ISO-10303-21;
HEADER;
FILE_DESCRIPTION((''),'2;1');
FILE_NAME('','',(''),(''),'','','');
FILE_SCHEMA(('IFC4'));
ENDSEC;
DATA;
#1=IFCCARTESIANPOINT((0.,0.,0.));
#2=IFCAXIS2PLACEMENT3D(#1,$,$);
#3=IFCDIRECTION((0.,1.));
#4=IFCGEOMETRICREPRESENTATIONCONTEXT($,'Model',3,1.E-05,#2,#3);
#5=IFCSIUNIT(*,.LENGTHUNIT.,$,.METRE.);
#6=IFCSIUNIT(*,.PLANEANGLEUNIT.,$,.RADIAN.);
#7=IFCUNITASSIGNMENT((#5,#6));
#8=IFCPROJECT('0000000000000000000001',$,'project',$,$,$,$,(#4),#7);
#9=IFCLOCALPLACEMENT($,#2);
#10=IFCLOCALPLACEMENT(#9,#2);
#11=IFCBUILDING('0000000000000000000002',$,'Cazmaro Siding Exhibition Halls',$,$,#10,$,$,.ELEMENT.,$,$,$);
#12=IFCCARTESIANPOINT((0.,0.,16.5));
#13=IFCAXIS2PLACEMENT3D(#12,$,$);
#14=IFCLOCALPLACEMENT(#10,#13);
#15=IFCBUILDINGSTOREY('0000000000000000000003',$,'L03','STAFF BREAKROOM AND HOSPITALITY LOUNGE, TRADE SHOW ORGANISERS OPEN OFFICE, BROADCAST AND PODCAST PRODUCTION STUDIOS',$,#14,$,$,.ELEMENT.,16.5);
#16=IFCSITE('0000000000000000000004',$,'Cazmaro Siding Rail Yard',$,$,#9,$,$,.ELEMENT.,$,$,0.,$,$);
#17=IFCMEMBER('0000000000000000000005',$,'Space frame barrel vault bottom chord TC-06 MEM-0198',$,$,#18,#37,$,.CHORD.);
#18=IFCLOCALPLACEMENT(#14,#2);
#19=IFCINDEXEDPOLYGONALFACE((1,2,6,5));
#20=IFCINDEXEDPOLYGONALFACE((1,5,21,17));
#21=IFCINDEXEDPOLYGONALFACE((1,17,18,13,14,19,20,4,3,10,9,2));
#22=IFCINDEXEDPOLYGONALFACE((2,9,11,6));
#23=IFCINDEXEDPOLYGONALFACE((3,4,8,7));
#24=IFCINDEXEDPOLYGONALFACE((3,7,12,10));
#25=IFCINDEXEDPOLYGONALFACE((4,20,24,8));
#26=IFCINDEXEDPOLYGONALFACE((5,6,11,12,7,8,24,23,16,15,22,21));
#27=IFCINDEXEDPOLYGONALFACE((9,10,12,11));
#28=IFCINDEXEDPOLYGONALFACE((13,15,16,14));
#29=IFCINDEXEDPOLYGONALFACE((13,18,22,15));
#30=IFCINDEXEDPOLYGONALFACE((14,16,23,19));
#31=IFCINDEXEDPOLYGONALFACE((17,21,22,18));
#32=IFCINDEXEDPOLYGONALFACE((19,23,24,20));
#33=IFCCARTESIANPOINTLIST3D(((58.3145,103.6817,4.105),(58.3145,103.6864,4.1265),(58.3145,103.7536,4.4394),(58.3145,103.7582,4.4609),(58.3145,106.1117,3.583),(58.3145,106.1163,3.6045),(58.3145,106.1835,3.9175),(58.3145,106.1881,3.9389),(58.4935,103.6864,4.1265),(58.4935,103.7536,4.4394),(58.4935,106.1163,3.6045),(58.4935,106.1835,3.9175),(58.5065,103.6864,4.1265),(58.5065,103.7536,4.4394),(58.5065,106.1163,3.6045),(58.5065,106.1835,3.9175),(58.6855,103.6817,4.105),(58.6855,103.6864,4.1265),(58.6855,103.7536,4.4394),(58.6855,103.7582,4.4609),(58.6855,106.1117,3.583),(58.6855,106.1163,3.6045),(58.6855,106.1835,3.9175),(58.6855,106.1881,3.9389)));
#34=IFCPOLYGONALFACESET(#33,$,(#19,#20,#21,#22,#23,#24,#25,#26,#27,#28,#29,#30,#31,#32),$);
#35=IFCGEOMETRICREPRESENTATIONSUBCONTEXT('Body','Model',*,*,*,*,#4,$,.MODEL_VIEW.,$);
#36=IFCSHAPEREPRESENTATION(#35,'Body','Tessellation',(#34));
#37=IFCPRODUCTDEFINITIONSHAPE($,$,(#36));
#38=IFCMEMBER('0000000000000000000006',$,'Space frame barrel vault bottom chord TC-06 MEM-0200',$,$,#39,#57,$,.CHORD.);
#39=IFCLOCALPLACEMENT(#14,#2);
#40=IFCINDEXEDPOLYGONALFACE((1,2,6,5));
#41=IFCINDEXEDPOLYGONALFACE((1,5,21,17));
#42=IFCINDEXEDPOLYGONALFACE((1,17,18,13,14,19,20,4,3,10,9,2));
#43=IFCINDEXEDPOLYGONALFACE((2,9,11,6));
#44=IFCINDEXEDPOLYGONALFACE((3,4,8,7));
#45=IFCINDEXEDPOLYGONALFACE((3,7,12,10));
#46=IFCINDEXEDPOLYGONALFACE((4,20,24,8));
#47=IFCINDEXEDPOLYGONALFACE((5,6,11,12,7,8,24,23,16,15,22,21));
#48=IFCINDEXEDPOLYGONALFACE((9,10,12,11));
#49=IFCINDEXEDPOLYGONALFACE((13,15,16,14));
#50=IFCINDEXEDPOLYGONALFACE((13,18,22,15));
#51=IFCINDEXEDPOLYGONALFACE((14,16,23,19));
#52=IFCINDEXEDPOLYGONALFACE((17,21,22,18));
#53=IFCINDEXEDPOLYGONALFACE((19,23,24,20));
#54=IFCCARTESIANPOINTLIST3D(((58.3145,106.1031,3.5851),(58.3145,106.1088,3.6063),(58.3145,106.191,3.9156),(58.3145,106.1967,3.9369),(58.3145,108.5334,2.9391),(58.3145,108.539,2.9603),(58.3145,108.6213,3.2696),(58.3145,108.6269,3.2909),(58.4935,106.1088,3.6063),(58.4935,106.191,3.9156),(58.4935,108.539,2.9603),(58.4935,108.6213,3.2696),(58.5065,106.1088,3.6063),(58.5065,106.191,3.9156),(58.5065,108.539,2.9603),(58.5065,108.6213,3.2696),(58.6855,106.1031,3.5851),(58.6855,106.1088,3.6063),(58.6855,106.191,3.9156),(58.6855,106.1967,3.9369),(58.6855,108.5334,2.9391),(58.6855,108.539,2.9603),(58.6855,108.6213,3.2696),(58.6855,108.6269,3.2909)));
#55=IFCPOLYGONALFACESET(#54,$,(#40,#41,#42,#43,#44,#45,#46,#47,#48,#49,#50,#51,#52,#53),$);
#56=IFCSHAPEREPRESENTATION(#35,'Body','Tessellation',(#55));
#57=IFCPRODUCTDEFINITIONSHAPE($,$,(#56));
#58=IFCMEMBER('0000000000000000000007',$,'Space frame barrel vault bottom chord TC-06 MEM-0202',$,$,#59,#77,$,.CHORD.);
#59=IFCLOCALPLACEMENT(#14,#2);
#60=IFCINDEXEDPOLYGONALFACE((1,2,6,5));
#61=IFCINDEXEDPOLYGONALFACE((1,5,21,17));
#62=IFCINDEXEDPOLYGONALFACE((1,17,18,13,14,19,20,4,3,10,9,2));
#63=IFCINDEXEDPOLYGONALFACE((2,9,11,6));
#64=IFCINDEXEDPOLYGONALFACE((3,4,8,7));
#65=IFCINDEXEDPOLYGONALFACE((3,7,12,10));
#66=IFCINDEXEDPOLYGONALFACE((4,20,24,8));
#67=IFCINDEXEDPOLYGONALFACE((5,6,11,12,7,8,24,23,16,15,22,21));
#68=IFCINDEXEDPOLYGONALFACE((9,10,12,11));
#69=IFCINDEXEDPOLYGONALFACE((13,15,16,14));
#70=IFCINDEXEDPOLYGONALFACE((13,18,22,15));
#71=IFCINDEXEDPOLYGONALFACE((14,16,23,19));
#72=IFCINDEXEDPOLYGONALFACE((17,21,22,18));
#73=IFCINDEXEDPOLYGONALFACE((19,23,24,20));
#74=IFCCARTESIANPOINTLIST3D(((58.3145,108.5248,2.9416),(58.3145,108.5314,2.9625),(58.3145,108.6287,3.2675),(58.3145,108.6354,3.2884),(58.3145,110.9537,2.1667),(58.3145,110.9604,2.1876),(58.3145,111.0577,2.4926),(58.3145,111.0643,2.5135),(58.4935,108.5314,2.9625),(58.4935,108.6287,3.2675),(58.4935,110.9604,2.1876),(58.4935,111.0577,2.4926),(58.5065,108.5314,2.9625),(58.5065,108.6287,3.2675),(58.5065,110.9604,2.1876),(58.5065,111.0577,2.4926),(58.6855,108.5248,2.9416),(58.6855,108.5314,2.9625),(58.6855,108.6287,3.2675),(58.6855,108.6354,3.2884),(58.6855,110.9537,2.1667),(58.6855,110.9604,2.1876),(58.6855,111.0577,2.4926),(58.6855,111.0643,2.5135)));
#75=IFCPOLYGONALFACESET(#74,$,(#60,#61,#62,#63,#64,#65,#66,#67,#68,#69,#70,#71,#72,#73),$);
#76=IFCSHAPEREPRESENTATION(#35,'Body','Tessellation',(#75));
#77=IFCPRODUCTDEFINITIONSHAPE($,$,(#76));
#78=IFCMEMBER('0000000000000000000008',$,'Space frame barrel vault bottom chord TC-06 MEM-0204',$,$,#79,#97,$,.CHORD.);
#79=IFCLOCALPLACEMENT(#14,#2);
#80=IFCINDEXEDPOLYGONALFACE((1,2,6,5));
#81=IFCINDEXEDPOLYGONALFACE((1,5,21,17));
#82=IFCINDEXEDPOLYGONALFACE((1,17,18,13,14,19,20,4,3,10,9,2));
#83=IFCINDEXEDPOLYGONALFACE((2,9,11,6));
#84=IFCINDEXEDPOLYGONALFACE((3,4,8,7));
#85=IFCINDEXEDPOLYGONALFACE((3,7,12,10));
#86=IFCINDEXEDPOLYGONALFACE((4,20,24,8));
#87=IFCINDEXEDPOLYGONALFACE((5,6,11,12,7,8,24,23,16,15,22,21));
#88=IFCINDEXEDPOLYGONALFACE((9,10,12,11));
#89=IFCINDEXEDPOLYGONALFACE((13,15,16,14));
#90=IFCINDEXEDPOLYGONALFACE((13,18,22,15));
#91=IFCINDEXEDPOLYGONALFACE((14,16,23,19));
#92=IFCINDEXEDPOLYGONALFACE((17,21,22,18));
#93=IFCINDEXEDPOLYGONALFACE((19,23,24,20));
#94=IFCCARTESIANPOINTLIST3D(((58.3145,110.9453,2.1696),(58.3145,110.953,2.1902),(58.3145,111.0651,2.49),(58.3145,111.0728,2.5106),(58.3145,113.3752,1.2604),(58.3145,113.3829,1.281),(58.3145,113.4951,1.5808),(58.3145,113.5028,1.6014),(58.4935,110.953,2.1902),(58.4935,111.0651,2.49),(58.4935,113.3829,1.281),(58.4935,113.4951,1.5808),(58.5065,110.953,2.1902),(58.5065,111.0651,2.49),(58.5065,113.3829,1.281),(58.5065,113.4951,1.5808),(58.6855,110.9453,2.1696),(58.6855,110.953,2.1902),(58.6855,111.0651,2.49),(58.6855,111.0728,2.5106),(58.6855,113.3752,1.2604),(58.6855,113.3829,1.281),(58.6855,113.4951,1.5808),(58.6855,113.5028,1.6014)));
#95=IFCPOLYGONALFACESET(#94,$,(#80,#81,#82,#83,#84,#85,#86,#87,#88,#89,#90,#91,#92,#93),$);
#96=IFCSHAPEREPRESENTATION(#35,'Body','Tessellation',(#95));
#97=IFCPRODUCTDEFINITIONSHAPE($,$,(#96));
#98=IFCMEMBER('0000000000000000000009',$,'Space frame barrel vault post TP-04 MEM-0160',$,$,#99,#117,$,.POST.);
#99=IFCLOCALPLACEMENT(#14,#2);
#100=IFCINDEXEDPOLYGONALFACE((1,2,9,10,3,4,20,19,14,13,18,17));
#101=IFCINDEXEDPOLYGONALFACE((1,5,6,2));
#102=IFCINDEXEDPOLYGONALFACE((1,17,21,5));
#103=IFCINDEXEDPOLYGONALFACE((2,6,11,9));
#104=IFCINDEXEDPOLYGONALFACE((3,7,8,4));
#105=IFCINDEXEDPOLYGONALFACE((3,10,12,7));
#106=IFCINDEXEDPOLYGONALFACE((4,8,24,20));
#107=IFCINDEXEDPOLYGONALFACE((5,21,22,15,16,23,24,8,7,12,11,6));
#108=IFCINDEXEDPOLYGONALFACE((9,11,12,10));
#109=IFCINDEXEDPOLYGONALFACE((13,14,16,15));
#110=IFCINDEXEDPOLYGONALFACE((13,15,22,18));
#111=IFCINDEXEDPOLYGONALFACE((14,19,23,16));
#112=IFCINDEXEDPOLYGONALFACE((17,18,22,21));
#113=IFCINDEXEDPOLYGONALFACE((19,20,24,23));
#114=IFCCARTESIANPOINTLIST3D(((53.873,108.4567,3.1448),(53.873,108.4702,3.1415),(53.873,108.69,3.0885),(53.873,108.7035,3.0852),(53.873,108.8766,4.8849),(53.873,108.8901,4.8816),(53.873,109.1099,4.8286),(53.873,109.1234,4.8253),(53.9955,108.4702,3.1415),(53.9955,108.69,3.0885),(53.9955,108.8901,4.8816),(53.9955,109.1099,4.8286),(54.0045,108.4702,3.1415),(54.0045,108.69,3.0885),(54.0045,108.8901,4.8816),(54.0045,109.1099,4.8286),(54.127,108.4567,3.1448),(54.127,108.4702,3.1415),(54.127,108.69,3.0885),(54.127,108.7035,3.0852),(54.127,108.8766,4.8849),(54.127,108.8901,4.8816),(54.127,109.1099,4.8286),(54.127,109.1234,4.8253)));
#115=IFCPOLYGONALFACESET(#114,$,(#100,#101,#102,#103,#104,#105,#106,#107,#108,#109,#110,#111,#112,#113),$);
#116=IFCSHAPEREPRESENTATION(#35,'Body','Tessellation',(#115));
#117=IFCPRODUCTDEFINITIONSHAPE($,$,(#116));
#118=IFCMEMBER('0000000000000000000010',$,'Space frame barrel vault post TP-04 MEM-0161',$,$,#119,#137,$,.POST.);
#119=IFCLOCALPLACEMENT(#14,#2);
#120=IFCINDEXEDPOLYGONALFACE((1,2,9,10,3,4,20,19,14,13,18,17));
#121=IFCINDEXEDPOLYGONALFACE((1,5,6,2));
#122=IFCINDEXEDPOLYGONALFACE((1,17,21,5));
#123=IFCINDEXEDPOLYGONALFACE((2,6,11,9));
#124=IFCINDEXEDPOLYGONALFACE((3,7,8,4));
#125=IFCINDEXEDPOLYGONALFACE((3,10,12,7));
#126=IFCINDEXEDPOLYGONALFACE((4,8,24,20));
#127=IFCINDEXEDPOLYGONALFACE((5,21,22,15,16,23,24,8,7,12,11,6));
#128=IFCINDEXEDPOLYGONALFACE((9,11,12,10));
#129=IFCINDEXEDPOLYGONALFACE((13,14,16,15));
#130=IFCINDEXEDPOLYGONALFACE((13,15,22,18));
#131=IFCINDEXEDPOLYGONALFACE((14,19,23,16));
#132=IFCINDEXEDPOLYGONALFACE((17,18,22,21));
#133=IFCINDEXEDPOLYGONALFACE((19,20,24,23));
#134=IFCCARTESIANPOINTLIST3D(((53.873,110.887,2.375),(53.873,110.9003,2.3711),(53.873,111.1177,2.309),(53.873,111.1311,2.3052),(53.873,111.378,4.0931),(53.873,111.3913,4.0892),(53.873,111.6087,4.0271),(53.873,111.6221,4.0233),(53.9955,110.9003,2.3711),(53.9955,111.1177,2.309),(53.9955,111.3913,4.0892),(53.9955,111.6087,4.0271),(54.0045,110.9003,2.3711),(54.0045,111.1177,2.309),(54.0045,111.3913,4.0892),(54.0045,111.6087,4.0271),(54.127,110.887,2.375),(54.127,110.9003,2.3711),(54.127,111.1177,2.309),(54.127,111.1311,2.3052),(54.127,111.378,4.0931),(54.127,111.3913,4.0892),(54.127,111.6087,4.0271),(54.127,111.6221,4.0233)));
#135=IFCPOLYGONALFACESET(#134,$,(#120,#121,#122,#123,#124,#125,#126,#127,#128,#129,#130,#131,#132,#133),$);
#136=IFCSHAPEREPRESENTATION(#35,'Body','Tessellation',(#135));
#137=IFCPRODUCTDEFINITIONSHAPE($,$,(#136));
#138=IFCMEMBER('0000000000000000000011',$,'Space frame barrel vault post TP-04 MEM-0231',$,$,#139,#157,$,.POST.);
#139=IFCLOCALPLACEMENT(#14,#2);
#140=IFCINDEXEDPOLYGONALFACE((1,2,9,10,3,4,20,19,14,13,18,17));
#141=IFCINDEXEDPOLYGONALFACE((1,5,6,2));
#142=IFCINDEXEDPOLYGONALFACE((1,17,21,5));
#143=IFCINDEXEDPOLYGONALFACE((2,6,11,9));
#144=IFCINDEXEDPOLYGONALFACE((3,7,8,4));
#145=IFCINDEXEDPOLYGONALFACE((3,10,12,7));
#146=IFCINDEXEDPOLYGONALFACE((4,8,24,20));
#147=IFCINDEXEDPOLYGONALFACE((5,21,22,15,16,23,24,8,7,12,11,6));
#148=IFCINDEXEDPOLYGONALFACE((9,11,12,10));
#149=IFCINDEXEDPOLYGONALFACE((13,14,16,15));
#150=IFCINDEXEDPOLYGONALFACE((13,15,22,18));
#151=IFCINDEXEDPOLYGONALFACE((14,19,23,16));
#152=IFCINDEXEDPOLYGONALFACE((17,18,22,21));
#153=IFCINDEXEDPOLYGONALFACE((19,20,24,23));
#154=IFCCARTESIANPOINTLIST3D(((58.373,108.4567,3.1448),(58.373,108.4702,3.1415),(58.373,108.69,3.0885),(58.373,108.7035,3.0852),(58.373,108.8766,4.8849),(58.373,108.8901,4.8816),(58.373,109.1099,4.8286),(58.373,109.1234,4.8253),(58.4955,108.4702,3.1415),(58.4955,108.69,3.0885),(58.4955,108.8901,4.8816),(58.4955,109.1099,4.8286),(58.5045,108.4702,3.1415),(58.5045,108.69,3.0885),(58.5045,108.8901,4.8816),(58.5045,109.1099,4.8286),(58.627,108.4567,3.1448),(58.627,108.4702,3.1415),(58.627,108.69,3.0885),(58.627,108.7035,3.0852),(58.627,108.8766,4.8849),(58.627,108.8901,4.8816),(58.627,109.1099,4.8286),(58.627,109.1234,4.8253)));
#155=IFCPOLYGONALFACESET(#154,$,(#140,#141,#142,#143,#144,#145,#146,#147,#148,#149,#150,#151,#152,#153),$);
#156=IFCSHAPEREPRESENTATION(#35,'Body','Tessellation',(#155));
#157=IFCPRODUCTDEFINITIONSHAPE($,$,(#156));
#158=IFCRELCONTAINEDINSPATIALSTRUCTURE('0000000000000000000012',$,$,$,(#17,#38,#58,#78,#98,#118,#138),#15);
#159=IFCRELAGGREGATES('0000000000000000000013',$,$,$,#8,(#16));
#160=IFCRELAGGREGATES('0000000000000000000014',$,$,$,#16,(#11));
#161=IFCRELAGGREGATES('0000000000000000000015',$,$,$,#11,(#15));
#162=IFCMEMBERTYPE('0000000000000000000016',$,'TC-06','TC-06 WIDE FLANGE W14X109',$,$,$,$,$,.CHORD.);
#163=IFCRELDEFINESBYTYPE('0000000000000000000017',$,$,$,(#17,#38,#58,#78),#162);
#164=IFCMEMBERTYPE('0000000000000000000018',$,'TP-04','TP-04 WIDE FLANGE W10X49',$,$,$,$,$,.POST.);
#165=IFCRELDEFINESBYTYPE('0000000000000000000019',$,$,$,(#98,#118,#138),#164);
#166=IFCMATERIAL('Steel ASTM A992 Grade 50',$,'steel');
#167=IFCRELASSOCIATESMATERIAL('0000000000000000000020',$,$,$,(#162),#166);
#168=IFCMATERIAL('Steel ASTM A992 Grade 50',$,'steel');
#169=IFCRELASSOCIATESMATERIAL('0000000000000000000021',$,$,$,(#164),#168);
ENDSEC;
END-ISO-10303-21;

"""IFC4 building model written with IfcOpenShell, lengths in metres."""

from ifc_helpers import new_model, si_unit, direction, frame, origin, origin_2d, place, context, subcontext, project, spatial, i_section, extrude, material, material_profile, profile_set, type_object, element, save


model = new_model("IFC4")

# Units and contexts
model_context = context("Model", 3, precision=1e-05, world=origin(), true_north=direction((0.0, 1.0)))
body_context = subcontext(model_context, "Body", "Model", "MODEL_VIEW")
ifc_project = project(units=[si_unit("LENGTHUNIT", "METRE"), si_unit("PLANEANGLEUNIT", "RADIAN")], contexts=[model_context])

# Site, building, storey
site_placement = place(None, origin())
site = spatial("IfcSite", under=ifc_project, at=site_placement, Name="Cazmaro Siding Rail Yard", CompositionType="ELEMENT", RefElevation=0.0)
building_placement = place(site_placement, origin())
building = spatial("IfcBuilding", under=site, at=building_placement, Name="Cazmaro Siding Exhibition Halls", CompositionType="ELEMENT")
storey_placement = place(building_placement, frame((0.0, 0.0, 16.5)))
storey = spatial("IfcBuildingStorey", under=building, at=storey_placement, Name="L03", Description="STAFF BREAKROOM AND HOSPITALITY LOUNGE, TRADE SHOW ORGANISERS OPEN OFFICE, BROADCAST AND PODCAST PRODUCTION STUDIOS", CompositionType="ELEMENT", Elevation=16.5)

# Members
ifc_material_1 = material(Name="Steel ASTM A992 Grade 50", Category="steel")
ifc_material_profile_1 = material_profile(ifc_material_1, i_section(OverallWidth=0.3711, OverallDepth=0.364, WebThickness=0.0129, FlangeThickness=0.022, at=origin_2d()), Name="W14X109")
ifc_profile_set_1 = profile_set([ifc_material_profile_1], Name="Steel ASTM A992 Grade 50")
member_type_1 = type_object("IfcMemberType", Name="TC-06", Description="TC-06 WIDE FLANGE W14X109", PredefinedType="CHORD", material=ifc_profile_set_1)
member_1_placement = place(storey_placement, frame((58.5, 103.72, 4.283), z_axis=(0.0, 0.977697, -0.210019), x_axis=(-1.0, 0.0, 0.0)))
element("IfcMember", 1, at=member_1_placement, inside=storey, type_object=member_type_1, Name="Space frame barrel vault bottom chord TC-06 MEM-0198", PredefinedType="CHORD", context=body_context, shape_type="SweptSolid", body=[
    extrude(i_section(OverallWidth=0.3711, OverallDepth=0.364, WebThickness=0.0129, FlangeThickness=0.022, at=origin_2d()), origin(), (0.0, 0.0, 1.0), 2.4854),
])
member_2_placement = place(storey_placement, frame((58.5, 106.1499, 3.761), z_axis=(0.0, 0.966438, -0.256901), x_axis=(-1.0, 0.0, 0.0)))
element("IfcMember", 2, at=member_2_placement, inside=storey, type_object=member_type_1, Name="Space frame barrel vault bottom chord TC-06 MEM-0200", PredefinedType="CHORD", context=body_context, shape_type="SweptSolid", body=[
    extrude(i_section(OverallWidth=0.3711, OverallDepth=0.364, WebThickness=0.0129, FlangeThickness=0.022, at=origin_2d()), origin(), (0.0, 0.0, 1.0), 2.5146),
])
member_3_placement = place(storey_placement, frame((58.5, 108.5801, 3.115), z_axis=(0.0, 0.952693, -0.303935), x_axis=(-1.0, 0.0, 0.0)))
element("IfcMember", 3, at=member_3_placement, inside=storey, type_object=member_type_1, Name="Space frame barrel vault bottom chord TC-06 MEM-0202", PredefinedType="CHORD", context=body_context, shape_type="SweptSolid", body=[
    extrude(i_section(OverallWidth=0.3711, OverallDepth=0.364, WebThickness=0.0129, FlangeThickness=0.022, at=origin_2d()), origin(), (0.0, 0.0, 1.0), 2.5496),
])
member_4_placement = place(storey_placement, frame((58.5, 111.009, 2.3401), z_axis=(0.0, 0.936588, -0.350432), x_axis=(-1.0, 0.0, 0.0)))
element("IfcMember", 4, at=member_4_placement, inside=storey, type_object=member_type_1, Name="Space frame barrel vault bottom chord TC-06 MEM-0204", PredefinedType="CHORD", context=body_context, shape_type="SweptSolid", body=[
    extrude(i_section(OverallWidth=0.3711, OverallDepth=0.364, WebThickness=0.0129, FlangeThickness=0.022, at=origin_2d()), origin(), (0.0, 0.0, 1.0), 2.5945),
])
ifc_material_2 = material(Name="Steel ASTM A992 Grade 50", Category="steel")
ifc_material_profile_2 = material_profile(ifc_material_2, i_section(OverallWidth=0.2539, OverallDepth=0.2539, WebThickness=0.009, FlangeThickness=0.0139, at=origin_2d()), Name="W10X49")
ifc_profile_set_2 = profile_set([ifc_material_profile_2], Name="Steel ASTM A992 Grade 50")
member_type_2 = type_object("IfcMemberType", Name="TP-04", Description="TP-04 WIDE FLANGE W10X49", PredefinedType="POST", material=ifc_profile_set_2)
member_5_placement = place(storey_placement, frame((54.0, 108.5801, 3.115), z_axis=(0.0, 0.234601, 0.972092), x_axis=(-1.0, 0.0, 0.0)))
element("IfcMember", 5, at=member_5_placement, inside=storey, type_object=member_type_2, Name="Space frame barrel vault post TP-04 MEM-0160", PredefinedType="POST", context=body_context, shape_type="SweptSolid", body=[
    extrude(i_section(OverallWidth=0.2539, OverallDepth=0.2539, WebThickness=0.009, FlangeThickness=0.0139, at=origin_2d()), origin(), (0.0, 0.0, 1.0), 1.79),
])
member_6_placement = place(storey_placement, frame((54.0, 111.009, 2.3401), z_axis=(0.0, 0.274775, 0.961508), x_axis=(-1.0, 0.0, 0.0)))
element("IfcMember", 6, at=member_6_placement, inside=storey, type_object=member_type_2, Name="Space frame barrel vault post TP-04 MEM-0161", PredefinedType="POST", context=body_context, shape_type="SweptSolid", body=[
    extrude(i_section(OverallWidth=0.2539, OverallDepth=0.2539, WebThickness=0.009, FlangeThickness=0.0139, at=origin_2d()), origin(), (0.0, 0.0, 1.0), 1.7869),
])
member_7_placement = place(storey_placement, frame((58.5, 108.5801, 3.115), z_axis=(0.0, 0.234601, 0.972092), x_axis=(-1.0, 0.0, 0.0)))
element("IfcMember", 7, at=member_7_placement, inside=storey, type_object=member_type_2, Name="Space frame barrel vault post TP-04 MEM-0231", PredefinedType="POST", context=body_context, shape_type="SweptSolid", body=[
    extrude(i_section(OverallWidth=0.2539, OverallDepth=0.2539, WebThickness=0.009, FlangeThickness=0.0139, at=origin_2d()), origin(), (0.0, 0.0, 1.0), 1.79),
])

save(model, "model.ifc")
